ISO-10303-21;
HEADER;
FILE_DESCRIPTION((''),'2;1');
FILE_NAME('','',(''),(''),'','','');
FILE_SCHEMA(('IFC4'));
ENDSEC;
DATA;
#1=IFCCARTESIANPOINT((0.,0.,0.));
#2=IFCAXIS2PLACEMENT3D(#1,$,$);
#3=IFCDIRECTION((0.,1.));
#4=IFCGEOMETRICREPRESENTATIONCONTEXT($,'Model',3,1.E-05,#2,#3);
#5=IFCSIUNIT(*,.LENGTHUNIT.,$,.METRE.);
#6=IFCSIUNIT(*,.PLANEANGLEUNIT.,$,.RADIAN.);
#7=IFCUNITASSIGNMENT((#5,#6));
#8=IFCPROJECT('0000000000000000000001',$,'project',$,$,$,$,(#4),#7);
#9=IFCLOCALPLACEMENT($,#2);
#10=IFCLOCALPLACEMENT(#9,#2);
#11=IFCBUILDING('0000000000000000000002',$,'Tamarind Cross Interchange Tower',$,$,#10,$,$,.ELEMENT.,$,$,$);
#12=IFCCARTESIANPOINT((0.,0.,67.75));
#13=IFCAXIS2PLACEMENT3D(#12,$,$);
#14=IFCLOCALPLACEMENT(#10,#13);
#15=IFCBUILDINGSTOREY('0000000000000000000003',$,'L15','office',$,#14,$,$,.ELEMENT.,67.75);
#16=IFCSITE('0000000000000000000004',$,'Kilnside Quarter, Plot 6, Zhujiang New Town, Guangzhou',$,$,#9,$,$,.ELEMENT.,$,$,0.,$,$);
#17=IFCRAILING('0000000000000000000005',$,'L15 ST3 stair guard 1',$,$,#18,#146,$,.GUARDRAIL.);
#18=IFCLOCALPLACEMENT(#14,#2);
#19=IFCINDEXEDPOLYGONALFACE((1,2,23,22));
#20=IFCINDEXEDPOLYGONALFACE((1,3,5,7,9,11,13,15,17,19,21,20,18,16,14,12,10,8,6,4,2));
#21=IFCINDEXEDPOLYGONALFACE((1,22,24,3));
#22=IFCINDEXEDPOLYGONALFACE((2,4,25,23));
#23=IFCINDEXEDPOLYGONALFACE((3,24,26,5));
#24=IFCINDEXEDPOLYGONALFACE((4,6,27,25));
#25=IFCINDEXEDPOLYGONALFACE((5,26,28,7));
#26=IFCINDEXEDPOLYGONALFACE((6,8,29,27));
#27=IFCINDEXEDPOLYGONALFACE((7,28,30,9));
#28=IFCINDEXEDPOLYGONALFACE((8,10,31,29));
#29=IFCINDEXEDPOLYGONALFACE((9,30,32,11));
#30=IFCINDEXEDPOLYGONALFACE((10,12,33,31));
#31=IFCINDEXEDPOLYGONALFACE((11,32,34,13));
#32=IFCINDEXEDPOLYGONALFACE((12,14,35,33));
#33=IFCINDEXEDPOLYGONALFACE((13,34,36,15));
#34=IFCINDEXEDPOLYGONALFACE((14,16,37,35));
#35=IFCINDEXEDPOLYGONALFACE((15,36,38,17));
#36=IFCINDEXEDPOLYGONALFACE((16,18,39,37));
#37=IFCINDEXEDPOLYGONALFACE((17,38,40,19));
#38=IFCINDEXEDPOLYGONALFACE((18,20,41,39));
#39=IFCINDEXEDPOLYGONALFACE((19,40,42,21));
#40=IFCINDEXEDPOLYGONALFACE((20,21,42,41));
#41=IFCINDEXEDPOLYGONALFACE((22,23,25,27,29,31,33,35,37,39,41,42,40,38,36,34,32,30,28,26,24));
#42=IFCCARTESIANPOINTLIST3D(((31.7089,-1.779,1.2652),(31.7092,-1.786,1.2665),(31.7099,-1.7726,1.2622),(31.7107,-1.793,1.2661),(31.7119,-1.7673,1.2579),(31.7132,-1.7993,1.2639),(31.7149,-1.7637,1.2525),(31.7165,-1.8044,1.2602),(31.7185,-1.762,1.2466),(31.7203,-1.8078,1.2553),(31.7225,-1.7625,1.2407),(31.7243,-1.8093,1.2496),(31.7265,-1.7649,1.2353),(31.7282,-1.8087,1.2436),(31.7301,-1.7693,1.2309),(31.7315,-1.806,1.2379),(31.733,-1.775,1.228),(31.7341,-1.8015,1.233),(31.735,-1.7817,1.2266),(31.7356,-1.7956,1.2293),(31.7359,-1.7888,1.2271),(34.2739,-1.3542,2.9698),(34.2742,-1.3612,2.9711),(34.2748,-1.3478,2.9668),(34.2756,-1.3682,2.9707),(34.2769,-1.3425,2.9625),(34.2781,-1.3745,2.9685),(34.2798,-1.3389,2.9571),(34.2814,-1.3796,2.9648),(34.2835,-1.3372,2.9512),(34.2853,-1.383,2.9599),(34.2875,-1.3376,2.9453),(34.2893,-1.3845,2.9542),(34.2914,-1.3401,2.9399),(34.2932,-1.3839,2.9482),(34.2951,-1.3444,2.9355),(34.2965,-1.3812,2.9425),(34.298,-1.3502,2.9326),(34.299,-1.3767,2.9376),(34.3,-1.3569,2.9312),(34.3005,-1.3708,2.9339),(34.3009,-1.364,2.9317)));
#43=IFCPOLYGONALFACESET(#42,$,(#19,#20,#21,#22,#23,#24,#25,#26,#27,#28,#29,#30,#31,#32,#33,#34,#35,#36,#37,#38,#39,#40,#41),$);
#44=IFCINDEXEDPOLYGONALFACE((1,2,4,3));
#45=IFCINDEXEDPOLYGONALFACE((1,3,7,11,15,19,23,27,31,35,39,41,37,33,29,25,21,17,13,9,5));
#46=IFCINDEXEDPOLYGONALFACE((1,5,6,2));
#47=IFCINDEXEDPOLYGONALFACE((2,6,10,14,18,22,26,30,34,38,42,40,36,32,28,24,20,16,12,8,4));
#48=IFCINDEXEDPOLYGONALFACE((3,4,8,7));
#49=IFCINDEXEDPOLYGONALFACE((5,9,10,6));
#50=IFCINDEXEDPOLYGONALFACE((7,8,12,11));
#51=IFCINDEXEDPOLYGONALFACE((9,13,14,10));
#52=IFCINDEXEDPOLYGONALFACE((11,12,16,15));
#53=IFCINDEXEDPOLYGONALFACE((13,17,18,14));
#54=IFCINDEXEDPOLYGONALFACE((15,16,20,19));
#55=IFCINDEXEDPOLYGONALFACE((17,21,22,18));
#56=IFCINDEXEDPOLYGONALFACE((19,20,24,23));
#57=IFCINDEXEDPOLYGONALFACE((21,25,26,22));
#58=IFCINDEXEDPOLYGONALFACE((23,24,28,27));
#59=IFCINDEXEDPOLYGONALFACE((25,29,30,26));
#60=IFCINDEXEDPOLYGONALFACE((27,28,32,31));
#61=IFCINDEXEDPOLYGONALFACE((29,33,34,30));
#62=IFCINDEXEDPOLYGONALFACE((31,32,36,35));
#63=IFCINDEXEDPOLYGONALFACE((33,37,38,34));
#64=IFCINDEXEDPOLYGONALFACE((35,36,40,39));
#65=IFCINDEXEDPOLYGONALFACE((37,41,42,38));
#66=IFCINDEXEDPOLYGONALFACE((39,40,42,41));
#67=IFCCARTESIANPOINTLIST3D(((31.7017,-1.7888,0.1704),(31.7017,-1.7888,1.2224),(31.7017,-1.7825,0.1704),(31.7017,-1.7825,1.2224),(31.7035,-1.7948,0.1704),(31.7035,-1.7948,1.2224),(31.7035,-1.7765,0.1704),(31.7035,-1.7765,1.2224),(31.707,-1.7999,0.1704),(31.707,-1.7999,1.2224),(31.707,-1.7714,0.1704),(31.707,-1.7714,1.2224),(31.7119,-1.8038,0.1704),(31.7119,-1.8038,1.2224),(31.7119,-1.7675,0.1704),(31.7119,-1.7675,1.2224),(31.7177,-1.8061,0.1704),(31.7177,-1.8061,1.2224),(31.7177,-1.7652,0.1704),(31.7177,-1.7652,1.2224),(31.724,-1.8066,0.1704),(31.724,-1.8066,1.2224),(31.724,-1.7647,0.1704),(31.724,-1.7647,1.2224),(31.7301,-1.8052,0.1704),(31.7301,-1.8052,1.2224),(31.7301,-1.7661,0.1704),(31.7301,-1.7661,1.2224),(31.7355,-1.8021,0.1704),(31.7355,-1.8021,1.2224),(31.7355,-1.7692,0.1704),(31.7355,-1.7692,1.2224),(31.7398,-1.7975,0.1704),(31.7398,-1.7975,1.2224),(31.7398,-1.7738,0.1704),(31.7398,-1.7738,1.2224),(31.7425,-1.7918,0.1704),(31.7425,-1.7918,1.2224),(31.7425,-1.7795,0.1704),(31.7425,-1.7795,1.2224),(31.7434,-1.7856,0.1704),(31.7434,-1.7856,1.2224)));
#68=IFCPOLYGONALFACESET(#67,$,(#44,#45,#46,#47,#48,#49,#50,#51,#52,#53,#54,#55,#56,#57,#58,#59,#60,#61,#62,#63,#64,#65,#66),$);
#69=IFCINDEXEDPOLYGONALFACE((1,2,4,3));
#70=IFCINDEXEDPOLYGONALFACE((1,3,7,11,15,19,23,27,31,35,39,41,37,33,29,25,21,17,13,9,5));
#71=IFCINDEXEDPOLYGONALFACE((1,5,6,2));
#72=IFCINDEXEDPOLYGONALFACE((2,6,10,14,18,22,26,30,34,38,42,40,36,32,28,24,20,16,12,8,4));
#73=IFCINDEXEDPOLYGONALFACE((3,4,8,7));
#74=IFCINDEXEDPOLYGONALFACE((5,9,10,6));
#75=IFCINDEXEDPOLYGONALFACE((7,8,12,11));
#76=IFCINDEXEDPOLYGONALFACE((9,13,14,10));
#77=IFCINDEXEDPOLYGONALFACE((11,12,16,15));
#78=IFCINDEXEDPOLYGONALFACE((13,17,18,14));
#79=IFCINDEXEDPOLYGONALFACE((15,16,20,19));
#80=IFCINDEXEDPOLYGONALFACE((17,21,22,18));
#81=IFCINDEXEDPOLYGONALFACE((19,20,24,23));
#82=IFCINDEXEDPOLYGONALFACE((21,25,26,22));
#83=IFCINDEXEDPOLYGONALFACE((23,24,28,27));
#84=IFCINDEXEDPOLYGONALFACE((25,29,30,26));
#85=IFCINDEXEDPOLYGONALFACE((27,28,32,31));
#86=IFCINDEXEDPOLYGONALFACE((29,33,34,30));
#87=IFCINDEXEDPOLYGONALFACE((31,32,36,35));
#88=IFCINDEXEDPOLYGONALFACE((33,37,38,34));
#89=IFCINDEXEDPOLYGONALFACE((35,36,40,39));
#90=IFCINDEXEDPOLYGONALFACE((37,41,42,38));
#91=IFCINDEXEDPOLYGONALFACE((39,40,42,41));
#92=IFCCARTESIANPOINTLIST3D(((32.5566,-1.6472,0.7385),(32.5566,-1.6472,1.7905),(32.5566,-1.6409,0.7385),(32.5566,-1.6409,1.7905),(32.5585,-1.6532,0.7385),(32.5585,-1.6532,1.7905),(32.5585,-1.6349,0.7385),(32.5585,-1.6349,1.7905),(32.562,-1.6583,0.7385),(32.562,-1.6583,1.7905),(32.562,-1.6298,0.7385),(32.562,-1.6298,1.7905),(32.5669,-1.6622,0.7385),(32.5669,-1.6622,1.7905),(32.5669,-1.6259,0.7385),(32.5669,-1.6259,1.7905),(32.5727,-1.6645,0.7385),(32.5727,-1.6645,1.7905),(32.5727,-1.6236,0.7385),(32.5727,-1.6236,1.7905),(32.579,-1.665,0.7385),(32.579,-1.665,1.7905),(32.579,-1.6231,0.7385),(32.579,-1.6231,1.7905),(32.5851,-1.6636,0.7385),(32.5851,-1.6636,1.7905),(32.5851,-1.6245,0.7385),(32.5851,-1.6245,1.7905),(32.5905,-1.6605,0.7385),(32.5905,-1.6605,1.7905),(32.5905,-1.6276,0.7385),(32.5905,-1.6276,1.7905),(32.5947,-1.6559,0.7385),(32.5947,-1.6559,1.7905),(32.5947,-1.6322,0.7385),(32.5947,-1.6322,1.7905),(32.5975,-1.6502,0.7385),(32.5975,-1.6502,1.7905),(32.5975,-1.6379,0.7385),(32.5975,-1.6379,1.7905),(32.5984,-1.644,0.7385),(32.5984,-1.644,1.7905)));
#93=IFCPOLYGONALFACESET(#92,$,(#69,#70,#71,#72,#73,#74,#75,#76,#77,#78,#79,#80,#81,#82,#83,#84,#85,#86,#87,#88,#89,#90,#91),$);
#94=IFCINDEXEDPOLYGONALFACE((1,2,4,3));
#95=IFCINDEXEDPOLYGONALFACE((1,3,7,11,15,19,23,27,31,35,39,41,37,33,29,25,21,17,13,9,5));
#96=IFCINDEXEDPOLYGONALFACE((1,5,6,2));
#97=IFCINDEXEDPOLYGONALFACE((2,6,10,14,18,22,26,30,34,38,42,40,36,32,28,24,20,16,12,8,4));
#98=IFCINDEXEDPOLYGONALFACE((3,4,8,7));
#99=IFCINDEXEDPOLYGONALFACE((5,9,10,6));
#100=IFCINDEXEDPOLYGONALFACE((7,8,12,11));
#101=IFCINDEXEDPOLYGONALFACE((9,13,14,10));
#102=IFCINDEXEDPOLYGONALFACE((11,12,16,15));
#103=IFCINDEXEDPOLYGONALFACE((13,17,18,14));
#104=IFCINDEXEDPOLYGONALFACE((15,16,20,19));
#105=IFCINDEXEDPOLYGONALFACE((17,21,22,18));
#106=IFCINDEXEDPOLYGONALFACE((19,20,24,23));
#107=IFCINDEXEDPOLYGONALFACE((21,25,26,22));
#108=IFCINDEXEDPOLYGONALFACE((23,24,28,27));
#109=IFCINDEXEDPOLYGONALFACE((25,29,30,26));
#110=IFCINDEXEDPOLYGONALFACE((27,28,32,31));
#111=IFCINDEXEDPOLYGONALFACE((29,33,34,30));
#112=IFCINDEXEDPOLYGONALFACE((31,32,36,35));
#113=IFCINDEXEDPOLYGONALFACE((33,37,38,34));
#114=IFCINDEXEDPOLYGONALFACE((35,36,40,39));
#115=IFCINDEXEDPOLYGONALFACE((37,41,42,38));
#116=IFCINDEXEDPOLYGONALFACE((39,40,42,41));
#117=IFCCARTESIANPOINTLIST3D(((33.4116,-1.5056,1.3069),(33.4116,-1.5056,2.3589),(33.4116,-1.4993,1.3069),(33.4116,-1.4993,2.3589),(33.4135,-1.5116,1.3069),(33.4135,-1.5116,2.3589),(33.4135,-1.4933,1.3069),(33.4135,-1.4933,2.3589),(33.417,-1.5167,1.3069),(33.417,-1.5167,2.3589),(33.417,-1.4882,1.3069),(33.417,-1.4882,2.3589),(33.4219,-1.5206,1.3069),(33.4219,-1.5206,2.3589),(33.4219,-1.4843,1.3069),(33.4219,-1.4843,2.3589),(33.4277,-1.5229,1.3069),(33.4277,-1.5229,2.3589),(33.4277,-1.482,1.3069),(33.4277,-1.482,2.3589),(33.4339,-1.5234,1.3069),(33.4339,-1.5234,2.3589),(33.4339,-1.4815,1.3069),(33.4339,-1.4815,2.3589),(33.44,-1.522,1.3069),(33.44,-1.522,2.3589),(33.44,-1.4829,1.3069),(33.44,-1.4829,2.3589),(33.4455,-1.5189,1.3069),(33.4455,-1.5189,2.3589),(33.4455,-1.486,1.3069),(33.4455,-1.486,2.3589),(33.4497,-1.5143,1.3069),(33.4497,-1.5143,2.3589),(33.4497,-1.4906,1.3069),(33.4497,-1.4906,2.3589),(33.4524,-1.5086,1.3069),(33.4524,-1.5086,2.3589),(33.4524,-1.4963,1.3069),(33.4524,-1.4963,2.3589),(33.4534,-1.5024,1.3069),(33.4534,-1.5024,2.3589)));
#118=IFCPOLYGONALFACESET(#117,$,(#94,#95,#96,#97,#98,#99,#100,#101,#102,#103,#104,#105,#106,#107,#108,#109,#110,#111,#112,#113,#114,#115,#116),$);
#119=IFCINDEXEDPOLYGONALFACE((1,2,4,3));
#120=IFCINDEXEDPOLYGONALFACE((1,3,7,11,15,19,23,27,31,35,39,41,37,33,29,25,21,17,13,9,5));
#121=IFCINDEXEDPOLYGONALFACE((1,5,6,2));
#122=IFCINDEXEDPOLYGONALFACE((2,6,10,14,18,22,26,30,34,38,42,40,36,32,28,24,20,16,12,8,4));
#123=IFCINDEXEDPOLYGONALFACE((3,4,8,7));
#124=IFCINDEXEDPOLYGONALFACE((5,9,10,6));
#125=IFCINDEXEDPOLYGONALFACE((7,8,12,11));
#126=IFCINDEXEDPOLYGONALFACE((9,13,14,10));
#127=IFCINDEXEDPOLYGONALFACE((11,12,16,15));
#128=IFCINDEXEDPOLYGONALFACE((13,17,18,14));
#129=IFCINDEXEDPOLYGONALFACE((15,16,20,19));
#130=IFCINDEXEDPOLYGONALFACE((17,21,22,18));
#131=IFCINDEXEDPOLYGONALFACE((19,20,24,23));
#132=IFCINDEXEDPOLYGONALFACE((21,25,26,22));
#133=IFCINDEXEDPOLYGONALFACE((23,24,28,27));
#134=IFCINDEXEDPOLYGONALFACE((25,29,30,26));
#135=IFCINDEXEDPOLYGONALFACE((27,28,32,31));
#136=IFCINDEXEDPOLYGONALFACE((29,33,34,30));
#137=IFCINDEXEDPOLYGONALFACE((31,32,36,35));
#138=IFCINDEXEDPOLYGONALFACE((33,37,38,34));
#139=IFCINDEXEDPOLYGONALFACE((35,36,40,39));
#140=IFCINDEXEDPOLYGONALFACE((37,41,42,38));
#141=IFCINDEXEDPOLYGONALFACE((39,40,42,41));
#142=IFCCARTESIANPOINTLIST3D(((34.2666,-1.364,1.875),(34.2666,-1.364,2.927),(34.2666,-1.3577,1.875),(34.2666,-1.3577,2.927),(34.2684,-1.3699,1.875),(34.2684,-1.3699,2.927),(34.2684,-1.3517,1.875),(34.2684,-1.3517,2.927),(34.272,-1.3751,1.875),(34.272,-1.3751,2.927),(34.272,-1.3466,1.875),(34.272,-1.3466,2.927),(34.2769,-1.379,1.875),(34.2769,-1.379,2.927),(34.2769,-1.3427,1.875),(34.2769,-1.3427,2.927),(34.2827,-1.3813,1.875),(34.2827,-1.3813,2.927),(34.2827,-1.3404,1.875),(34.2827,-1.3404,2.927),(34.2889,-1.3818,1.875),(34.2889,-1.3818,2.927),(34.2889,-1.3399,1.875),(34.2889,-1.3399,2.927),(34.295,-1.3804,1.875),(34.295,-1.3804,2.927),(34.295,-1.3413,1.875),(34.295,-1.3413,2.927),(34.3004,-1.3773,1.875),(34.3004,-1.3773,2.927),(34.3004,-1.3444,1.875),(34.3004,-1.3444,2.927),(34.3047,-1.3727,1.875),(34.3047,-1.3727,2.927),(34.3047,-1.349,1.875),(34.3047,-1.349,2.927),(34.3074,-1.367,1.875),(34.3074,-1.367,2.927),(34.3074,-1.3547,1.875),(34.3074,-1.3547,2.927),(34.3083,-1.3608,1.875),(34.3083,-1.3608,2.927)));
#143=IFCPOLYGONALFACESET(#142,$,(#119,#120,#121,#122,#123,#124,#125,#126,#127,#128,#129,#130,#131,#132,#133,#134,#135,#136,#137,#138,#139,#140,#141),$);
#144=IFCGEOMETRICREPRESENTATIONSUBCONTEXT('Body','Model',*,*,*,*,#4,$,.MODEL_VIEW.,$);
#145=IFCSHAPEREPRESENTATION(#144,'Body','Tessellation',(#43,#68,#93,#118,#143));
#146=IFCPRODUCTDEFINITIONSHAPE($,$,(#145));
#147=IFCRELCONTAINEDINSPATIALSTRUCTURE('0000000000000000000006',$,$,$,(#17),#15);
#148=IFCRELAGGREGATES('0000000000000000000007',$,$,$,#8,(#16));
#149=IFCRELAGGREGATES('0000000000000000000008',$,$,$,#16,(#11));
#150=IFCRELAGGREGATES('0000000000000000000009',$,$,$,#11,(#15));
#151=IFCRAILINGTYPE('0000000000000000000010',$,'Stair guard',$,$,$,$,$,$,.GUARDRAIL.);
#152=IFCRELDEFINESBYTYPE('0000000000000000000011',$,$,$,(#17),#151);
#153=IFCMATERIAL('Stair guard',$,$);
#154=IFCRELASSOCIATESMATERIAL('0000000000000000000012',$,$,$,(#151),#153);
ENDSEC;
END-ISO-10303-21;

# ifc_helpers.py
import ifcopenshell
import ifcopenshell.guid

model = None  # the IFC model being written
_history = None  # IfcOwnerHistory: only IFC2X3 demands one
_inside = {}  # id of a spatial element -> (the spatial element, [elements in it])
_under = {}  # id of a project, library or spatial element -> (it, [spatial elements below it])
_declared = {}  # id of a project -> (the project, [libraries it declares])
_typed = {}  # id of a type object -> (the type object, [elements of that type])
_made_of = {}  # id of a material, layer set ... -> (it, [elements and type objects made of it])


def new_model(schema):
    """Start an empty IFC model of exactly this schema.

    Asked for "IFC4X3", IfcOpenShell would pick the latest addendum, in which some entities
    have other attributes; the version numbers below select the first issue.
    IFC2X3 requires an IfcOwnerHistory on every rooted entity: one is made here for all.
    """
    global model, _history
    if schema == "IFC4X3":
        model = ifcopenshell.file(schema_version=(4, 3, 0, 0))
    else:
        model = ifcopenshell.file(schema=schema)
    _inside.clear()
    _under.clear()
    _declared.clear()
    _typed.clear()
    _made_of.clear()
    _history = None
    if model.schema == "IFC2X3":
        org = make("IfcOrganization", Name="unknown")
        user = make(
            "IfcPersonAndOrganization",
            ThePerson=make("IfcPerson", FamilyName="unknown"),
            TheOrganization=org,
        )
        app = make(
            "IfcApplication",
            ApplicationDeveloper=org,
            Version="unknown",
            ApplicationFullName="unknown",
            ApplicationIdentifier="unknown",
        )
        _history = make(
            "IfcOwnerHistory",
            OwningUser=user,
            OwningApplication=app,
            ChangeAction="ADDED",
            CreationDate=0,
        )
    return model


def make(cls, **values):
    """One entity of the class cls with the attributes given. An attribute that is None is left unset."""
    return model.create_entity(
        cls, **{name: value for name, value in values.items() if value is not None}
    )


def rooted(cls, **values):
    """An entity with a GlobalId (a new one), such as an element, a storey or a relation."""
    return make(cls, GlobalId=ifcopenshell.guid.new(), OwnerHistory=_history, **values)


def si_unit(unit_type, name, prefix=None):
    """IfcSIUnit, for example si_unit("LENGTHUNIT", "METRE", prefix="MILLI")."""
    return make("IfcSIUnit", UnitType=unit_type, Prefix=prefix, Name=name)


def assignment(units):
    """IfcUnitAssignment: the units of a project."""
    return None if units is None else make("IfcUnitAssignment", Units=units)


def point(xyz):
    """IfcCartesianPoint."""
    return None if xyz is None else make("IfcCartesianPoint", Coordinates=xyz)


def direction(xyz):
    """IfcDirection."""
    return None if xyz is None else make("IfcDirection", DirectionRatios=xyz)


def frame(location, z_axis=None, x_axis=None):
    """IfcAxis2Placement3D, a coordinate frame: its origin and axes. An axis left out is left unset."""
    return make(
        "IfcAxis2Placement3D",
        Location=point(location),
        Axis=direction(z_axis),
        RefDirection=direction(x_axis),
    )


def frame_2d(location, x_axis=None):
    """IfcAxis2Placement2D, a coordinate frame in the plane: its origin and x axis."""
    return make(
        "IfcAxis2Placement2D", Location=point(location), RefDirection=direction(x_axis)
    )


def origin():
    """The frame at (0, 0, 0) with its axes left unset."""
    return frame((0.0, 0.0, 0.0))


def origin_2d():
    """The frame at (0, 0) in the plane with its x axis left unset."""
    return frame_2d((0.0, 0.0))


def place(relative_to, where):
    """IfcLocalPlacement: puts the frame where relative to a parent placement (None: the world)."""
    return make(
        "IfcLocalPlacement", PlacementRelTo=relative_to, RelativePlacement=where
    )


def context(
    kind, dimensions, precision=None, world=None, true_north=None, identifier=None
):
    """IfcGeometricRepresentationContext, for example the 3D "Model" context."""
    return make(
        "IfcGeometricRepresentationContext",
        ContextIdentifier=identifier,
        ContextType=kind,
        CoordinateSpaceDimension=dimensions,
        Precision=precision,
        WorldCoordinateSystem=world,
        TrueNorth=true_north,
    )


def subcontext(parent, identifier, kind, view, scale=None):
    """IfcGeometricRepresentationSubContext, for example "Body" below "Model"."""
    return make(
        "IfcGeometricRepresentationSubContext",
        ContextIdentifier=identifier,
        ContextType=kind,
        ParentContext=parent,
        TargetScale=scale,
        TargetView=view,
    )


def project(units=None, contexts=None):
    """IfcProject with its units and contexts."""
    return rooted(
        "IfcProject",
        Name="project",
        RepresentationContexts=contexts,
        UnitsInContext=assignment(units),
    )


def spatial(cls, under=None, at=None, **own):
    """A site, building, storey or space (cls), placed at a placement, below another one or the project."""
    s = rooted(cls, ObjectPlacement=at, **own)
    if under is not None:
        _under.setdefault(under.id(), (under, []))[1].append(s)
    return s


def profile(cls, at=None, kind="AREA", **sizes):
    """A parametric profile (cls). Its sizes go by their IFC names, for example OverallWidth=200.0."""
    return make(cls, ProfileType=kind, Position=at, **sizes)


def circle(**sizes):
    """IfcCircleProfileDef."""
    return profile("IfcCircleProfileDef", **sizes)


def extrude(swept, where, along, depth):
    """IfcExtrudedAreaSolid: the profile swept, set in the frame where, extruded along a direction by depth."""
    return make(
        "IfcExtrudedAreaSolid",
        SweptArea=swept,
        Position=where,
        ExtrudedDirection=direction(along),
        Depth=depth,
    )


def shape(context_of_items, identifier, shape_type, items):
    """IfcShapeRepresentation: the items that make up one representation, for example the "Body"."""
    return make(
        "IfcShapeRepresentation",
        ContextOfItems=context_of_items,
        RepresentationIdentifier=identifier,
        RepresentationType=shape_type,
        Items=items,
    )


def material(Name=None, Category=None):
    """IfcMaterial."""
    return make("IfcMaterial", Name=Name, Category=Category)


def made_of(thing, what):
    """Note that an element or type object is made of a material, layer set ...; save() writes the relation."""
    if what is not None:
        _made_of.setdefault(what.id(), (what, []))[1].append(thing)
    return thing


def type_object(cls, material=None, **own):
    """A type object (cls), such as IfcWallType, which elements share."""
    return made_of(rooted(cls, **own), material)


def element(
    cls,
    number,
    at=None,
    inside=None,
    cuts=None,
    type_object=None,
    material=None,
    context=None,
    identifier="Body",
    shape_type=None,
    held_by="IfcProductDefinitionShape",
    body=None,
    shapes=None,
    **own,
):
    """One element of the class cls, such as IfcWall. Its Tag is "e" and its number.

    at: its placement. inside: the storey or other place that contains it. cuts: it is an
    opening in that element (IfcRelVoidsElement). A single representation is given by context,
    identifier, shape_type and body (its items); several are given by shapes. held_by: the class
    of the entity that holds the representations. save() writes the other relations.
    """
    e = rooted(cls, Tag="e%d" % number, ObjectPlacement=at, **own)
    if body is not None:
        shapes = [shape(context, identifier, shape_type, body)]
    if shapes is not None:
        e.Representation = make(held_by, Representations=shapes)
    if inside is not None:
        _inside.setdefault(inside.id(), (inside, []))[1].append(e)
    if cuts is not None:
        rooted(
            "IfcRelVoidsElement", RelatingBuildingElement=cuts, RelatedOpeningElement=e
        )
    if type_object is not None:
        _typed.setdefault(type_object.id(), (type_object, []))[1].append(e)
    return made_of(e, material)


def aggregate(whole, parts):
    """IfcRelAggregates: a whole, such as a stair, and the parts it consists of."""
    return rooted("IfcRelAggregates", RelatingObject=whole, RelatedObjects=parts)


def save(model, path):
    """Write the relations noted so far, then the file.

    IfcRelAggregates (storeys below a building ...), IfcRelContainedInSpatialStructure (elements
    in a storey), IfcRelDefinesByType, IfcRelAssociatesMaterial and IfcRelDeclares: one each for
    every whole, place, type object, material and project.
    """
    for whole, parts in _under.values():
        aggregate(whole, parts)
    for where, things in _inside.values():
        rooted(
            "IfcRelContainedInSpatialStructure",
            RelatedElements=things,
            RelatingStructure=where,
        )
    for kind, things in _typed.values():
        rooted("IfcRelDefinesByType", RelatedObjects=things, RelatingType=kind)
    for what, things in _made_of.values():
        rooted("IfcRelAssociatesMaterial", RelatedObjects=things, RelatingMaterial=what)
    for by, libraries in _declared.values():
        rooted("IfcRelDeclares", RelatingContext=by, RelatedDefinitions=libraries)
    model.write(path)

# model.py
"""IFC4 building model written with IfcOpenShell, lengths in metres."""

from ifc_helpers import new_model, si_unit, direction, frame, origin, origin_2d, place, context, subcontext, project, spatial, circle, extrude, material, type_object, element, save


model = new_model("IFC4")

# Units and contexts
model_context = context("Model", 3, precision=1e-05, world=origin(), true_north=direction((0.0, 1.0)))
body_context = subcontext(model_context, "Body", "Model", "MODEL_VIEW")
ifc_project = project(units=[si_unit("LENGTHUNIT", "METRE"), si_unit("PLANEANGLEUNIT", "RADIAN")], contexts=[model_context])

# Site, building, storey
site_placement = place(None, origin())
site = spatial("IfcSite", under=ifc_project, at=site_placement, Name="Kilnside Quarter, Plot 6, Zhujiang New Town, Guangzhou", CompositionType="ELEMENT", RefElevation=0.0)
building_placement = place(site_placement, origin())
building = spatial("IfcBuilding", under=site, at=building_placement, Name="Tamarind Cross Interchange Tower", CompositionType="ELEMENT")
storey_placement = place(building_placement, frame((0.0, 0.0, 67.75)))
storey = spatial("IfcBuildingStorey", under=building, at=storey_placement, Name="L15", Description="office", CompositionType="ELEMENT", Elevation=67.75)

# Railing
ifc_material_1 = material(Name="Stair guard")
railing_type_1 = type_object("IfcRailingType", Name="Stair guard", PredefinedType="GUARDRAIL", material=ifc_material_1)
railing_1_placement = place(storey_placement, frame((31.7224, -1.7856, 0.1704)))
element("IfcRailing", 1, at=railing_1_placement, inside=storey, type_object=railing_type_1, Name="L15 ST3 stair guard 1", PredefinedType="GUARDRAIL", context=body_context, shape_type="SweptSolid", body=[
    extrude(circle(Radius=0.0239, at=origin_2d()), frame((0.0, 0.0, 1.0762), z_axis=(0.825042, 0.136643, 0.548301), x_axis=(-0.163394, 0.986561, 0.0)), (0.0, 0.0, 1.0), 3.1089),
    extrude(circle(Radius=0.021, at=origin_2d()), origin(), (0.0, 0.0, 1.0), 1.052),
    extrude(circle(Radius=0.021, at=origin_2d()), frame((0.855, 0.1416, 0.5681)), (0.0, 0.0, 1.0), 1.052),
    extrude(circle(Radius=0.021, at=origin_2d()), frame((1.71, 0.2832, 1.1365)), (0.0, 0.0, 1.0), 1.052),
    extrude(circle(Radius=0.021, at=origin_2d()), frame((2.5649, 0.4248, 1.7046)), (0.0, 0.0, 1.0), 1.052),
])

save(model, "model.ifc")
